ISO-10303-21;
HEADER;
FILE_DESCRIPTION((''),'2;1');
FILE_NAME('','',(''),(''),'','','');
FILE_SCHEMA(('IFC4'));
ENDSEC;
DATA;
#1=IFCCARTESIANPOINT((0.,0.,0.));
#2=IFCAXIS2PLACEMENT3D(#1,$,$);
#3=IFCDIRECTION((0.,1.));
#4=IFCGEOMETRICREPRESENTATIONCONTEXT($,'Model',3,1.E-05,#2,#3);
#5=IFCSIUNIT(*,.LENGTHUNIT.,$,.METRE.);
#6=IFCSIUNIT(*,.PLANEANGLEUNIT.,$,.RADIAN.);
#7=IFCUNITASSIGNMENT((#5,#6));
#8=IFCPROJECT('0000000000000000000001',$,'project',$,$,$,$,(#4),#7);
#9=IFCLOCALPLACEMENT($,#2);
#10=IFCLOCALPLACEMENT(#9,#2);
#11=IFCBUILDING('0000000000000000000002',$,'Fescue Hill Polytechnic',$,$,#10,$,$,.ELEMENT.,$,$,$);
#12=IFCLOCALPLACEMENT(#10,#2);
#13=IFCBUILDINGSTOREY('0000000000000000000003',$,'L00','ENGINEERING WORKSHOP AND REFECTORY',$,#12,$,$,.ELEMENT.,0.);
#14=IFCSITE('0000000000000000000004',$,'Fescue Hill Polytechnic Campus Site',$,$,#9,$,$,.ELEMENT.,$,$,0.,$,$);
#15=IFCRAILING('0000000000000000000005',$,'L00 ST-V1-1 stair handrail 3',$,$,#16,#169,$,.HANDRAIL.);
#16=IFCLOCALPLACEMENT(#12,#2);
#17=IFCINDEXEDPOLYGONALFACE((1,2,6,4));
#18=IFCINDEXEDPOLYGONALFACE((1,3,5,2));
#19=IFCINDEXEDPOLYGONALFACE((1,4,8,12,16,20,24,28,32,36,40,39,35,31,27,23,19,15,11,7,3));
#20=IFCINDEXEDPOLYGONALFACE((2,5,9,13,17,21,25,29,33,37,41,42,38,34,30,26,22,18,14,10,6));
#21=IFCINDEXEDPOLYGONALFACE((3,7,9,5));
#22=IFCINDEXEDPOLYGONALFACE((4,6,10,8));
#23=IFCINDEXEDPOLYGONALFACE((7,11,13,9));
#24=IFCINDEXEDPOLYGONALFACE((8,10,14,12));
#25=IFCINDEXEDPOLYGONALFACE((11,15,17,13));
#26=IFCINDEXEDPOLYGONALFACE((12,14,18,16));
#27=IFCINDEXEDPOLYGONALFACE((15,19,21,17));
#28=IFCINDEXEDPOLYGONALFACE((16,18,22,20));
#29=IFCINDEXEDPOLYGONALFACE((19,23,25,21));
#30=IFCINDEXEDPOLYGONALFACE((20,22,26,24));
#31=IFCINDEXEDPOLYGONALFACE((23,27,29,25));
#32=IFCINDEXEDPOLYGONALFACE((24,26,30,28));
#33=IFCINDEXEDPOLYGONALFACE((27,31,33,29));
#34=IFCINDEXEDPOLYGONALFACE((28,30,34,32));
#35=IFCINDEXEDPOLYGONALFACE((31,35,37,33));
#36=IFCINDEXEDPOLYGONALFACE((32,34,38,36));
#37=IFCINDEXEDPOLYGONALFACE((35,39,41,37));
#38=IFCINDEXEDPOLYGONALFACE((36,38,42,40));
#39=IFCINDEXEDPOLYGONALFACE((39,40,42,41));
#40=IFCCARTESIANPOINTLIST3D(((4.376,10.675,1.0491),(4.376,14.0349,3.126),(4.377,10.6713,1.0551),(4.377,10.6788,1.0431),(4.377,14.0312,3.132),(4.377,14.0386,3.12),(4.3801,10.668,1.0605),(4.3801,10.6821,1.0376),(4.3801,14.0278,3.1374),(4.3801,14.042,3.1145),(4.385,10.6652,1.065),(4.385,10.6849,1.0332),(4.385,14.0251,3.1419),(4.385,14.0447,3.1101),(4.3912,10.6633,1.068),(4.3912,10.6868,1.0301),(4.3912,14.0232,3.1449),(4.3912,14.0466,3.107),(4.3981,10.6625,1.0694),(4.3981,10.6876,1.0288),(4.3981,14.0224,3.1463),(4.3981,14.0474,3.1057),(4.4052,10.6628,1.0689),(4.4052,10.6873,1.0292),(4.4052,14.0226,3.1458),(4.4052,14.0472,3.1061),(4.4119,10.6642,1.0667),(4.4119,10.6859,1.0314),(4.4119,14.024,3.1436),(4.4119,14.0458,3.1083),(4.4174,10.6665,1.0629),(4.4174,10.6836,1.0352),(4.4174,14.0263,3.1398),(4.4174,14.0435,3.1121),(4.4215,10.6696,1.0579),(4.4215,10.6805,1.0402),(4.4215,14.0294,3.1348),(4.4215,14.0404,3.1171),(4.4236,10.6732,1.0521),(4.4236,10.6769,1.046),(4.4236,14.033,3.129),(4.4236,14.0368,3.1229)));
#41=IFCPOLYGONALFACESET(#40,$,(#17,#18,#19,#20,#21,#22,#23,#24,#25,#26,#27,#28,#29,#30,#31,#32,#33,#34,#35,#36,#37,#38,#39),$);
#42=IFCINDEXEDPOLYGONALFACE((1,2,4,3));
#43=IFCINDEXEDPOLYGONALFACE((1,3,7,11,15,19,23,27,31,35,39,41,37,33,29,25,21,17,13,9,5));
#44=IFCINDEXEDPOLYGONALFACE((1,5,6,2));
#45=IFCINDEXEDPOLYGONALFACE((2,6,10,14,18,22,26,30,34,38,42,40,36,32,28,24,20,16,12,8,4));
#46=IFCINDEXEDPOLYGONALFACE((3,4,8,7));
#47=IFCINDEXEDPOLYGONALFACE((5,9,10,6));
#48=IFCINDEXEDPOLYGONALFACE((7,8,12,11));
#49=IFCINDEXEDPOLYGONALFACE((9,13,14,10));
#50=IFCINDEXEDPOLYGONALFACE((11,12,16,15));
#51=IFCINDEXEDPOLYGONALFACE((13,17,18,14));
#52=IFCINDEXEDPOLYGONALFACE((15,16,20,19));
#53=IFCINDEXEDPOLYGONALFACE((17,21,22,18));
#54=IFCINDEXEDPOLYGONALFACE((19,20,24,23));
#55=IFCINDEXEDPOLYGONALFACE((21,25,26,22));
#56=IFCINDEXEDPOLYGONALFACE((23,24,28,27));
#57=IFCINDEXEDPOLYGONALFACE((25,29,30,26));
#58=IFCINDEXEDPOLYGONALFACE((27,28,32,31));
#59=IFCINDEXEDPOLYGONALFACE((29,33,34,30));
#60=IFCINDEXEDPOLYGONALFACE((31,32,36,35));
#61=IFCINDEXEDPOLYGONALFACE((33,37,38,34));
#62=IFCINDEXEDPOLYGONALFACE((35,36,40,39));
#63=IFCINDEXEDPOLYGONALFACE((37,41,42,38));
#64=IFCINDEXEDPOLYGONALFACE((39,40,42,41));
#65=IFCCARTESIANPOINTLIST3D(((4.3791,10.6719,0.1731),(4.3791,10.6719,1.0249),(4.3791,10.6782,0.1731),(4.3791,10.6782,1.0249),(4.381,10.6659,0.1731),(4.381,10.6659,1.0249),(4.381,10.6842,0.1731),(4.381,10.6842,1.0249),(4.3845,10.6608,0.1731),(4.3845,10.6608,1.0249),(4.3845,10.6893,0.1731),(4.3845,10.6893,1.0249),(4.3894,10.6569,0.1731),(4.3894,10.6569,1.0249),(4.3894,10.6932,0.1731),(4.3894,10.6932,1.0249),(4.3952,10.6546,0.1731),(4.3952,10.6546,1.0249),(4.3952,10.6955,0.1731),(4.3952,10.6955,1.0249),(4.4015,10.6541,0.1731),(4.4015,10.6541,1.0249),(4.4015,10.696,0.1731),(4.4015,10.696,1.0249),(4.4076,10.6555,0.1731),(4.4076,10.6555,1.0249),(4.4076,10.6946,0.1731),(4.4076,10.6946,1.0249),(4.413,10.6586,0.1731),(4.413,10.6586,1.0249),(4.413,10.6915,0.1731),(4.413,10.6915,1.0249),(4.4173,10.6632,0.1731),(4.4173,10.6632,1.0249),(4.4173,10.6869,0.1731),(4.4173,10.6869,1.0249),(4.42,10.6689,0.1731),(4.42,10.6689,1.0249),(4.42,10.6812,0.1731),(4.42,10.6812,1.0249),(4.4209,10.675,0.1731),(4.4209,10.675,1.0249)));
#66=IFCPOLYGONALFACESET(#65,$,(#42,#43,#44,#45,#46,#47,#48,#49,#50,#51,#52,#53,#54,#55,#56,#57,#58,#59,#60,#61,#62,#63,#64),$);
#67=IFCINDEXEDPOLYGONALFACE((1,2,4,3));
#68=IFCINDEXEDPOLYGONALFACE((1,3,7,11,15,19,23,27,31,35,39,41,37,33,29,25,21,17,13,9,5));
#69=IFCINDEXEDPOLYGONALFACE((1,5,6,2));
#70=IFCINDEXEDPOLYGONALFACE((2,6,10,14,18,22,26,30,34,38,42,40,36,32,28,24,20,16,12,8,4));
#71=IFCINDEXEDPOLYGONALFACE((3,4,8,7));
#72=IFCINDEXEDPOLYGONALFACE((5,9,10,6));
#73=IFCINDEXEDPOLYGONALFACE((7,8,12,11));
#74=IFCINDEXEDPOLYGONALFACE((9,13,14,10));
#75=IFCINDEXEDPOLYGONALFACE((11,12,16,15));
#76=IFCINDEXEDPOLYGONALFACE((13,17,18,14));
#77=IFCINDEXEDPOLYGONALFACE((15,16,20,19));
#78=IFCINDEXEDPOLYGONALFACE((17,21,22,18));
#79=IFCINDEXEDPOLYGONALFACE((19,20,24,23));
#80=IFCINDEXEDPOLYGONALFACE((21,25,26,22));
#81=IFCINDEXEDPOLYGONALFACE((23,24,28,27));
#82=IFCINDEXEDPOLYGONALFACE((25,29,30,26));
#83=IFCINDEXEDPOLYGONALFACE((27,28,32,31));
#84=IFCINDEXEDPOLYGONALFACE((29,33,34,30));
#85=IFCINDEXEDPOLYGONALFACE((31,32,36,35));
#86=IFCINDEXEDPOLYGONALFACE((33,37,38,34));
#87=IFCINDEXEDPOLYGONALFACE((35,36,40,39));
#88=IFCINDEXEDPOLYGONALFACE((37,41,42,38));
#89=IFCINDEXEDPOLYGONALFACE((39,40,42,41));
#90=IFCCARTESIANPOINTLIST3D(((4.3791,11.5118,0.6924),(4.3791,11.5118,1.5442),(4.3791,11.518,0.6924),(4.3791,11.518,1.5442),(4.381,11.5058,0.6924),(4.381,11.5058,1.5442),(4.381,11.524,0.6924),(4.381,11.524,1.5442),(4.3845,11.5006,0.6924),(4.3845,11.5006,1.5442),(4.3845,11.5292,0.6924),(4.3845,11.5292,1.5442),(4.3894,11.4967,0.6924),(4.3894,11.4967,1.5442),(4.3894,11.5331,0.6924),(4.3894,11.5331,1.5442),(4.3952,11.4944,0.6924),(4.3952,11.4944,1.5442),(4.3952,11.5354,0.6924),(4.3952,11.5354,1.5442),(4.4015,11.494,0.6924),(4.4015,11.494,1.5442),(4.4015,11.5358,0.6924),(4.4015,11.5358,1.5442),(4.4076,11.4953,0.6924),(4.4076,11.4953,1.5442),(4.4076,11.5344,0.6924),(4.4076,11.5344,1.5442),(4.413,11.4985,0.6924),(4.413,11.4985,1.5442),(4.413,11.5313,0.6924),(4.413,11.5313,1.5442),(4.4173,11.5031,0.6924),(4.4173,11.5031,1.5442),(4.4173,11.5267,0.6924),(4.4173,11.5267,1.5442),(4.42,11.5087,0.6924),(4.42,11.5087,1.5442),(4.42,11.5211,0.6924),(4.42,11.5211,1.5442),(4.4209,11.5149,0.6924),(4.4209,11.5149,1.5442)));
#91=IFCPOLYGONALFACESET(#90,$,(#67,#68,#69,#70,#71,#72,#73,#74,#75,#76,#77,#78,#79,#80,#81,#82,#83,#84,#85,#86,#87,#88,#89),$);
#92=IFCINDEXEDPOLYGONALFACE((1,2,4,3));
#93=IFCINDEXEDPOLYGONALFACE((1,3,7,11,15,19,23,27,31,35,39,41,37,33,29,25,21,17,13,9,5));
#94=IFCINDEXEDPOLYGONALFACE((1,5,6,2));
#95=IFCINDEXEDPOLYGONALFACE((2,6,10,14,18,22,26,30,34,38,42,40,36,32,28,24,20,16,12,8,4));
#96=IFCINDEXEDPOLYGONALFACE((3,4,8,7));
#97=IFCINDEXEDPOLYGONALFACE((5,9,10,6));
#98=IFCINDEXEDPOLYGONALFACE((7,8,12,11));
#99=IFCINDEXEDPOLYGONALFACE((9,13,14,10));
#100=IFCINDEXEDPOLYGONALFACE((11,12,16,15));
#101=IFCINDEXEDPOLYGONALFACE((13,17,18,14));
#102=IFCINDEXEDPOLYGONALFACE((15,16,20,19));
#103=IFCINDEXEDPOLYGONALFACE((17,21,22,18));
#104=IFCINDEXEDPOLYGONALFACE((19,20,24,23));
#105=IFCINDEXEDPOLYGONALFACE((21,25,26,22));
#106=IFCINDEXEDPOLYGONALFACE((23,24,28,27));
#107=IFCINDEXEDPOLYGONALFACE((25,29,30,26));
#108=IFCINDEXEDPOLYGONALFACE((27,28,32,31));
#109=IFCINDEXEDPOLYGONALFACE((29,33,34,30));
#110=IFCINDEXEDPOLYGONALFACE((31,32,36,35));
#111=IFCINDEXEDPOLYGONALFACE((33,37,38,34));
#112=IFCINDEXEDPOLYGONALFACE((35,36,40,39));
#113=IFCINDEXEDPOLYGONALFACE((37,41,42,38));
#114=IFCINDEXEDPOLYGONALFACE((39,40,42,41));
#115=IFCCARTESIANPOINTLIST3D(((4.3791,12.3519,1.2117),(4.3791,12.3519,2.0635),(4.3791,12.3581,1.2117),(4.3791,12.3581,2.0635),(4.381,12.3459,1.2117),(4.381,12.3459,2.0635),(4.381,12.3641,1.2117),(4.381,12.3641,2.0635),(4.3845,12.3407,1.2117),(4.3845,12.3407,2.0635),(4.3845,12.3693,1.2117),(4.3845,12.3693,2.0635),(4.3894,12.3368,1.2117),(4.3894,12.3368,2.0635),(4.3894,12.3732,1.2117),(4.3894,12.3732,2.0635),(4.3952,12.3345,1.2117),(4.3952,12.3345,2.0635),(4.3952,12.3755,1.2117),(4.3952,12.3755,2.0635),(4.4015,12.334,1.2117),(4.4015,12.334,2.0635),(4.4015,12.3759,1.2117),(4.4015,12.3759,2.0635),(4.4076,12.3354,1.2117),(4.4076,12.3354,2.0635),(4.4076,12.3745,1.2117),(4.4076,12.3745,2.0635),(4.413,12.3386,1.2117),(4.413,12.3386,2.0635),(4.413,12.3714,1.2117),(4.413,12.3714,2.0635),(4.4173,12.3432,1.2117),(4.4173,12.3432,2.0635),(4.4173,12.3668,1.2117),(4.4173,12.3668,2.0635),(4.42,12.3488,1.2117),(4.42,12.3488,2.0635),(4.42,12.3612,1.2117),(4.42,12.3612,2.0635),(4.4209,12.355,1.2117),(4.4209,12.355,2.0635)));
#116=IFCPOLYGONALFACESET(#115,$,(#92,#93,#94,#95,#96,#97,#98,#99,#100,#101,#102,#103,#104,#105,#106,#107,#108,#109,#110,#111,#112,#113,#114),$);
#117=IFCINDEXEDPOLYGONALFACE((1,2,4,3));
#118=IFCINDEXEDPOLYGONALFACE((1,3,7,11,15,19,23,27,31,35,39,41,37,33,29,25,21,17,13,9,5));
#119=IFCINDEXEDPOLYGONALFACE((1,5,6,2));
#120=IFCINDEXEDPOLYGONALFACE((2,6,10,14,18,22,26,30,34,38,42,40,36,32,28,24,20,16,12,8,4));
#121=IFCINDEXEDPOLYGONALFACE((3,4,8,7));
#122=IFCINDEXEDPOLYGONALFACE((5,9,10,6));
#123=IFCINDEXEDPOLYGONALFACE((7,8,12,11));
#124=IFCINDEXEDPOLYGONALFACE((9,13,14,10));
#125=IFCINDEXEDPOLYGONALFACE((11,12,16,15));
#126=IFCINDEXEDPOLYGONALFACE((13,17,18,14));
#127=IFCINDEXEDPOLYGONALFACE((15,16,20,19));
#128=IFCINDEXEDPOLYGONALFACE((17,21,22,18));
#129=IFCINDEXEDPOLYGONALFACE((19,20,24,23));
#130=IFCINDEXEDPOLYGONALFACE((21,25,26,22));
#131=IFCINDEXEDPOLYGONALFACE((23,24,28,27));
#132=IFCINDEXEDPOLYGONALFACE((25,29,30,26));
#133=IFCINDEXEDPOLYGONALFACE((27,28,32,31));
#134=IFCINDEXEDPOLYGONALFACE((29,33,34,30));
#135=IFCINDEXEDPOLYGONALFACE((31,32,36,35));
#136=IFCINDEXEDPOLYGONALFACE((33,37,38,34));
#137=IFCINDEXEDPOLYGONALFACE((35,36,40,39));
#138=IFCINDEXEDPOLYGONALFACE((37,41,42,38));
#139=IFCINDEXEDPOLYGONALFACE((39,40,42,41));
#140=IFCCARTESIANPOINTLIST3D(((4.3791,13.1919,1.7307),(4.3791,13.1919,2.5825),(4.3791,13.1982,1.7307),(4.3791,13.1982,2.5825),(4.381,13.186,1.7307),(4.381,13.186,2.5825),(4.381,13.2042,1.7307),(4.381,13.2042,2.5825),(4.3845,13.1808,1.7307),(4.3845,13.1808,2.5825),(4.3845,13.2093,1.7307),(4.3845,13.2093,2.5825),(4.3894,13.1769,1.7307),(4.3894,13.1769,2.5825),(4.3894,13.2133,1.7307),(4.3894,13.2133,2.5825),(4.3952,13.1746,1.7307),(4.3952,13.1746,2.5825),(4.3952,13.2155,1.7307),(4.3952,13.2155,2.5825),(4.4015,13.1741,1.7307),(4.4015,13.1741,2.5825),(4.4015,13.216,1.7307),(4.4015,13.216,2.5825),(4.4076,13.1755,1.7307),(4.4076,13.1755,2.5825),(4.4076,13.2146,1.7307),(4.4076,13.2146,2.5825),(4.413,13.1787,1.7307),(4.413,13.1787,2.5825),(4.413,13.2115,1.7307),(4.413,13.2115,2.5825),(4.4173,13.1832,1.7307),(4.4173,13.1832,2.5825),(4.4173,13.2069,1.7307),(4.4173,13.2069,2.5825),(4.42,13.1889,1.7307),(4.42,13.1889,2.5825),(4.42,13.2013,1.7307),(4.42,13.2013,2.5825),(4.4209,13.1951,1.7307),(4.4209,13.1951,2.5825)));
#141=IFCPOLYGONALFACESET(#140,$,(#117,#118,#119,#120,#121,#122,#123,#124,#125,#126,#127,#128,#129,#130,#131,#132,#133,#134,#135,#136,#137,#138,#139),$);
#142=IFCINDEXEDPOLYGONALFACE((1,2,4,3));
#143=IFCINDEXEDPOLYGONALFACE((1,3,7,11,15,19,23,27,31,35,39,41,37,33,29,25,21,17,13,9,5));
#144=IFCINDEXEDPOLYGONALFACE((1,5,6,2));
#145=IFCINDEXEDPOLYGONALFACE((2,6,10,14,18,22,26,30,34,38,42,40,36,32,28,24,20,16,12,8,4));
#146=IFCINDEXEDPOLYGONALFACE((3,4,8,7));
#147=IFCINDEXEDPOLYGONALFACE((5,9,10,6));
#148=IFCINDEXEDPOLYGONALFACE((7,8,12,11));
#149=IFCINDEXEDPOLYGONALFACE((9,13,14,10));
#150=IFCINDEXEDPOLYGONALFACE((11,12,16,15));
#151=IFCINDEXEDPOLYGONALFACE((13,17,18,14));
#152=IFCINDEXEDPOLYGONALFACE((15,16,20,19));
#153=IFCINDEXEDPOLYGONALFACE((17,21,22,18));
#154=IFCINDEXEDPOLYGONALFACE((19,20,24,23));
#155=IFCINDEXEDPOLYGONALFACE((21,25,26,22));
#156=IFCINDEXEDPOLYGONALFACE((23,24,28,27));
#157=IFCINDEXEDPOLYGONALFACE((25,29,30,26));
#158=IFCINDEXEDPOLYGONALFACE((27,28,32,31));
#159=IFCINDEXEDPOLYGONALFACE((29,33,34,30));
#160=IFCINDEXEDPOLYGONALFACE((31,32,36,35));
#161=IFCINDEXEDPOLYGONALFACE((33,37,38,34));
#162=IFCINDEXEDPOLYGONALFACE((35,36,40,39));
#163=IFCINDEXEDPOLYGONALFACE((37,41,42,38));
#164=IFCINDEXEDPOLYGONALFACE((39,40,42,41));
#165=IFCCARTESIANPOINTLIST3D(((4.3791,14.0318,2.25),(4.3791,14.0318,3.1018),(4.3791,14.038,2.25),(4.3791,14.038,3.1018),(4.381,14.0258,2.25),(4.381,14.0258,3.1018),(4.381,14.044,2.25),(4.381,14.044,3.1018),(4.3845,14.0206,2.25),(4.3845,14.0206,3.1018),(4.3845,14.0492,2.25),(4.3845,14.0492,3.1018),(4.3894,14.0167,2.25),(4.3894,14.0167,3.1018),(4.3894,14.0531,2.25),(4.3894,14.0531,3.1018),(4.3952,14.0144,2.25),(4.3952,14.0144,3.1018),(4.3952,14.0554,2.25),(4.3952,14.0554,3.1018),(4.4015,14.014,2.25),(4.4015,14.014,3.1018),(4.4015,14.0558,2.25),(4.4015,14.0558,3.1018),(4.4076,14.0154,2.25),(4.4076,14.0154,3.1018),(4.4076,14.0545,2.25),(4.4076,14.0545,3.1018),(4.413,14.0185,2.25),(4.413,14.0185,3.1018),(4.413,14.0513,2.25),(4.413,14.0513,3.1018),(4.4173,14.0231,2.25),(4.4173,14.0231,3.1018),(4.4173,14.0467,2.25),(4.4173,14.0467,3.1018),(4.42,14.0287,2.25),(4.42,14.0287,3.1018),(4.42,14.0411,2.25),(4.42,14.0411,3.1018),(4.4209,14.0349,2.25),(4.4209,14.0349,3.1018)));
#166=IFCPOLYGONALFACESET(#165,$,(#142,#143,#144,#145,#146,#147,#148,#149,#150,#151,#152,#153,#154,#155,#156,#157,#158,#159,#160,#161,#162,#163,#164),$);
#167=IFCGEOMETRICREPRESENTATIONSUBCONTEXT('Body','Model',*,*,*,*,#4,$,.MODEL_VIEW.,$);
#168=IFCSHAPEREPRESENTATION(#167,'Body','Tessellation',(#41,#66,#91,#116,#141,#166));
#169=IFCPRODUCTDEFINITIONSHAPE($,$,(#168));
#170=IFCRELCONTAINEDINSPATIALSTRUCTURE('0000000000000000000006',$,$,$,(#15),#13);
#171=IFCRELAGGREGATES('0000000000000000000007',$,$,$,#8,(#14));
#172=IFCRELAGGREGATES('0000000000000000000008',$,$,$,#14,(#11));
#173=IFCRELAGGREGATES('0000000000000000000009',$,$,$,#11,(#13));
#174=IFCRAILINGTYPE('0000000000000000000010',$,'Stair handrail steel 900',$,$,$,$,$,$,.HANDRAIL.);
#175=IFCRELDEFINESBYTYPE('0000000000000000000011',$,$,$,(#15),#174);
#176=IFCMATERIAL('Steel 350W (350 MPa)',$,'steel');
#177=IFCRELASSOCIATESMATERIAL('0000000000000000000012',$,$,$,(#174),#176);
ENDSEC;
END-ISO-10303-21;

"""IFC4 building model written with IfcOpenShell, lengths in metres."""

from ifc_helpers import new_model, si_unit, direction, frame, origin, origin_2d, place, context, subcontext, project, spatial, circle, extrude, material, type_object, element, save


model = new_model("IFC4")

# Units and contexts
model_context = context("Model", 3, precision=1e-05, world=origin(), true_north=direction((0.0, 1.0)))
body_context = subcontext(model_context, "Body", "Model", "MODEL_VIEW")
ifc_project = project(units=[si_unit("LENGTHUNIT", "METRE"), si_unit("PLANEANGLEUNIT", "RADIAN")], contexts=[model_context])

# Site, building, storey
site_placement = place(None, origin())
site = spatial("IfcSite", under=ifc_project, at=site_placement, Name="Fescue Hill Polytechnic Campus Site", CompositionType="ELEMENT", RefElevation=0.0)
building_placement = place(site_placement, origin())
building = spatial("IfcBuilding", under=site, at=building_placement, Name="Fescue Hill Polytechnic", CompositionType="ELEMENT")
storey_placement = place(building_placement, origin())
storey = spatial("IfcBuildingStorey", under=building, at=storey_placement, Name="L00", Description="ENGINEERING WORKSHOP AND REFECTORY", CompositionType="ELEMENT", Elevation=0.0)

# Railing
ifc_material_1 = material(Name="Steel 350W (350 MPa)", Category="steel")
railing_type_1 = type_object("IfcRailingType", Name="Stair handrail steel 900", PredefinedType="HANDRAIL", material=ifc_material_1)
for number, where, name in (
    (1, (4.3999, 10.675, 0.1731), "L00 ST-V1-1 stair handrail 3"),
):
    element("IfcRailing", number, at=place(storey_placement, frame(where)), inside=storey, type_object=railing_type_1, Name=name, PredefinedType="HANDRAIL", context=body_context, shape_type="SweptSolid", body=[
        extrude(circle(Radius=0.0239, at=origin_2d()), frame((0.0, 0.0, 0.876), z_axis=(0.0, 0.850606, 0.525803), x_axis=(-1.0, 0.0, 0.0)), (0.0, 0.0, 1.0), 3.95),
        extrude(circle(Radius=0.021, at=origin_2d()), origin(), (0.0, 0.0, 1.0), 0.8518),
        extrude(circle(Radius=0.021, at=origin_2d()), frame((0.0, 0.8398, 0.5193)), (0.0, 0.0, 1.0), 0.8518),
        extrude(circle(Radius=0.021, at=origin_2d()), frame((0.0, 1.6799, 1.0386)), (0.0, 0.0, 1.0), 0.8518),
        extrude(circle(Radius=0.021, at=origin_2d()), frame((0.0, 2.52, 1.5576)), (0.0, 0.0, 1.0), 0.8518),
        extrude(circle(Radius=0.021, at=origin_2d()), frame((0.0, 3.3599, 2.0769)), (0.0, 0.0, 1.0), 0.8518),
    ])

save(model, "model.ifc")
